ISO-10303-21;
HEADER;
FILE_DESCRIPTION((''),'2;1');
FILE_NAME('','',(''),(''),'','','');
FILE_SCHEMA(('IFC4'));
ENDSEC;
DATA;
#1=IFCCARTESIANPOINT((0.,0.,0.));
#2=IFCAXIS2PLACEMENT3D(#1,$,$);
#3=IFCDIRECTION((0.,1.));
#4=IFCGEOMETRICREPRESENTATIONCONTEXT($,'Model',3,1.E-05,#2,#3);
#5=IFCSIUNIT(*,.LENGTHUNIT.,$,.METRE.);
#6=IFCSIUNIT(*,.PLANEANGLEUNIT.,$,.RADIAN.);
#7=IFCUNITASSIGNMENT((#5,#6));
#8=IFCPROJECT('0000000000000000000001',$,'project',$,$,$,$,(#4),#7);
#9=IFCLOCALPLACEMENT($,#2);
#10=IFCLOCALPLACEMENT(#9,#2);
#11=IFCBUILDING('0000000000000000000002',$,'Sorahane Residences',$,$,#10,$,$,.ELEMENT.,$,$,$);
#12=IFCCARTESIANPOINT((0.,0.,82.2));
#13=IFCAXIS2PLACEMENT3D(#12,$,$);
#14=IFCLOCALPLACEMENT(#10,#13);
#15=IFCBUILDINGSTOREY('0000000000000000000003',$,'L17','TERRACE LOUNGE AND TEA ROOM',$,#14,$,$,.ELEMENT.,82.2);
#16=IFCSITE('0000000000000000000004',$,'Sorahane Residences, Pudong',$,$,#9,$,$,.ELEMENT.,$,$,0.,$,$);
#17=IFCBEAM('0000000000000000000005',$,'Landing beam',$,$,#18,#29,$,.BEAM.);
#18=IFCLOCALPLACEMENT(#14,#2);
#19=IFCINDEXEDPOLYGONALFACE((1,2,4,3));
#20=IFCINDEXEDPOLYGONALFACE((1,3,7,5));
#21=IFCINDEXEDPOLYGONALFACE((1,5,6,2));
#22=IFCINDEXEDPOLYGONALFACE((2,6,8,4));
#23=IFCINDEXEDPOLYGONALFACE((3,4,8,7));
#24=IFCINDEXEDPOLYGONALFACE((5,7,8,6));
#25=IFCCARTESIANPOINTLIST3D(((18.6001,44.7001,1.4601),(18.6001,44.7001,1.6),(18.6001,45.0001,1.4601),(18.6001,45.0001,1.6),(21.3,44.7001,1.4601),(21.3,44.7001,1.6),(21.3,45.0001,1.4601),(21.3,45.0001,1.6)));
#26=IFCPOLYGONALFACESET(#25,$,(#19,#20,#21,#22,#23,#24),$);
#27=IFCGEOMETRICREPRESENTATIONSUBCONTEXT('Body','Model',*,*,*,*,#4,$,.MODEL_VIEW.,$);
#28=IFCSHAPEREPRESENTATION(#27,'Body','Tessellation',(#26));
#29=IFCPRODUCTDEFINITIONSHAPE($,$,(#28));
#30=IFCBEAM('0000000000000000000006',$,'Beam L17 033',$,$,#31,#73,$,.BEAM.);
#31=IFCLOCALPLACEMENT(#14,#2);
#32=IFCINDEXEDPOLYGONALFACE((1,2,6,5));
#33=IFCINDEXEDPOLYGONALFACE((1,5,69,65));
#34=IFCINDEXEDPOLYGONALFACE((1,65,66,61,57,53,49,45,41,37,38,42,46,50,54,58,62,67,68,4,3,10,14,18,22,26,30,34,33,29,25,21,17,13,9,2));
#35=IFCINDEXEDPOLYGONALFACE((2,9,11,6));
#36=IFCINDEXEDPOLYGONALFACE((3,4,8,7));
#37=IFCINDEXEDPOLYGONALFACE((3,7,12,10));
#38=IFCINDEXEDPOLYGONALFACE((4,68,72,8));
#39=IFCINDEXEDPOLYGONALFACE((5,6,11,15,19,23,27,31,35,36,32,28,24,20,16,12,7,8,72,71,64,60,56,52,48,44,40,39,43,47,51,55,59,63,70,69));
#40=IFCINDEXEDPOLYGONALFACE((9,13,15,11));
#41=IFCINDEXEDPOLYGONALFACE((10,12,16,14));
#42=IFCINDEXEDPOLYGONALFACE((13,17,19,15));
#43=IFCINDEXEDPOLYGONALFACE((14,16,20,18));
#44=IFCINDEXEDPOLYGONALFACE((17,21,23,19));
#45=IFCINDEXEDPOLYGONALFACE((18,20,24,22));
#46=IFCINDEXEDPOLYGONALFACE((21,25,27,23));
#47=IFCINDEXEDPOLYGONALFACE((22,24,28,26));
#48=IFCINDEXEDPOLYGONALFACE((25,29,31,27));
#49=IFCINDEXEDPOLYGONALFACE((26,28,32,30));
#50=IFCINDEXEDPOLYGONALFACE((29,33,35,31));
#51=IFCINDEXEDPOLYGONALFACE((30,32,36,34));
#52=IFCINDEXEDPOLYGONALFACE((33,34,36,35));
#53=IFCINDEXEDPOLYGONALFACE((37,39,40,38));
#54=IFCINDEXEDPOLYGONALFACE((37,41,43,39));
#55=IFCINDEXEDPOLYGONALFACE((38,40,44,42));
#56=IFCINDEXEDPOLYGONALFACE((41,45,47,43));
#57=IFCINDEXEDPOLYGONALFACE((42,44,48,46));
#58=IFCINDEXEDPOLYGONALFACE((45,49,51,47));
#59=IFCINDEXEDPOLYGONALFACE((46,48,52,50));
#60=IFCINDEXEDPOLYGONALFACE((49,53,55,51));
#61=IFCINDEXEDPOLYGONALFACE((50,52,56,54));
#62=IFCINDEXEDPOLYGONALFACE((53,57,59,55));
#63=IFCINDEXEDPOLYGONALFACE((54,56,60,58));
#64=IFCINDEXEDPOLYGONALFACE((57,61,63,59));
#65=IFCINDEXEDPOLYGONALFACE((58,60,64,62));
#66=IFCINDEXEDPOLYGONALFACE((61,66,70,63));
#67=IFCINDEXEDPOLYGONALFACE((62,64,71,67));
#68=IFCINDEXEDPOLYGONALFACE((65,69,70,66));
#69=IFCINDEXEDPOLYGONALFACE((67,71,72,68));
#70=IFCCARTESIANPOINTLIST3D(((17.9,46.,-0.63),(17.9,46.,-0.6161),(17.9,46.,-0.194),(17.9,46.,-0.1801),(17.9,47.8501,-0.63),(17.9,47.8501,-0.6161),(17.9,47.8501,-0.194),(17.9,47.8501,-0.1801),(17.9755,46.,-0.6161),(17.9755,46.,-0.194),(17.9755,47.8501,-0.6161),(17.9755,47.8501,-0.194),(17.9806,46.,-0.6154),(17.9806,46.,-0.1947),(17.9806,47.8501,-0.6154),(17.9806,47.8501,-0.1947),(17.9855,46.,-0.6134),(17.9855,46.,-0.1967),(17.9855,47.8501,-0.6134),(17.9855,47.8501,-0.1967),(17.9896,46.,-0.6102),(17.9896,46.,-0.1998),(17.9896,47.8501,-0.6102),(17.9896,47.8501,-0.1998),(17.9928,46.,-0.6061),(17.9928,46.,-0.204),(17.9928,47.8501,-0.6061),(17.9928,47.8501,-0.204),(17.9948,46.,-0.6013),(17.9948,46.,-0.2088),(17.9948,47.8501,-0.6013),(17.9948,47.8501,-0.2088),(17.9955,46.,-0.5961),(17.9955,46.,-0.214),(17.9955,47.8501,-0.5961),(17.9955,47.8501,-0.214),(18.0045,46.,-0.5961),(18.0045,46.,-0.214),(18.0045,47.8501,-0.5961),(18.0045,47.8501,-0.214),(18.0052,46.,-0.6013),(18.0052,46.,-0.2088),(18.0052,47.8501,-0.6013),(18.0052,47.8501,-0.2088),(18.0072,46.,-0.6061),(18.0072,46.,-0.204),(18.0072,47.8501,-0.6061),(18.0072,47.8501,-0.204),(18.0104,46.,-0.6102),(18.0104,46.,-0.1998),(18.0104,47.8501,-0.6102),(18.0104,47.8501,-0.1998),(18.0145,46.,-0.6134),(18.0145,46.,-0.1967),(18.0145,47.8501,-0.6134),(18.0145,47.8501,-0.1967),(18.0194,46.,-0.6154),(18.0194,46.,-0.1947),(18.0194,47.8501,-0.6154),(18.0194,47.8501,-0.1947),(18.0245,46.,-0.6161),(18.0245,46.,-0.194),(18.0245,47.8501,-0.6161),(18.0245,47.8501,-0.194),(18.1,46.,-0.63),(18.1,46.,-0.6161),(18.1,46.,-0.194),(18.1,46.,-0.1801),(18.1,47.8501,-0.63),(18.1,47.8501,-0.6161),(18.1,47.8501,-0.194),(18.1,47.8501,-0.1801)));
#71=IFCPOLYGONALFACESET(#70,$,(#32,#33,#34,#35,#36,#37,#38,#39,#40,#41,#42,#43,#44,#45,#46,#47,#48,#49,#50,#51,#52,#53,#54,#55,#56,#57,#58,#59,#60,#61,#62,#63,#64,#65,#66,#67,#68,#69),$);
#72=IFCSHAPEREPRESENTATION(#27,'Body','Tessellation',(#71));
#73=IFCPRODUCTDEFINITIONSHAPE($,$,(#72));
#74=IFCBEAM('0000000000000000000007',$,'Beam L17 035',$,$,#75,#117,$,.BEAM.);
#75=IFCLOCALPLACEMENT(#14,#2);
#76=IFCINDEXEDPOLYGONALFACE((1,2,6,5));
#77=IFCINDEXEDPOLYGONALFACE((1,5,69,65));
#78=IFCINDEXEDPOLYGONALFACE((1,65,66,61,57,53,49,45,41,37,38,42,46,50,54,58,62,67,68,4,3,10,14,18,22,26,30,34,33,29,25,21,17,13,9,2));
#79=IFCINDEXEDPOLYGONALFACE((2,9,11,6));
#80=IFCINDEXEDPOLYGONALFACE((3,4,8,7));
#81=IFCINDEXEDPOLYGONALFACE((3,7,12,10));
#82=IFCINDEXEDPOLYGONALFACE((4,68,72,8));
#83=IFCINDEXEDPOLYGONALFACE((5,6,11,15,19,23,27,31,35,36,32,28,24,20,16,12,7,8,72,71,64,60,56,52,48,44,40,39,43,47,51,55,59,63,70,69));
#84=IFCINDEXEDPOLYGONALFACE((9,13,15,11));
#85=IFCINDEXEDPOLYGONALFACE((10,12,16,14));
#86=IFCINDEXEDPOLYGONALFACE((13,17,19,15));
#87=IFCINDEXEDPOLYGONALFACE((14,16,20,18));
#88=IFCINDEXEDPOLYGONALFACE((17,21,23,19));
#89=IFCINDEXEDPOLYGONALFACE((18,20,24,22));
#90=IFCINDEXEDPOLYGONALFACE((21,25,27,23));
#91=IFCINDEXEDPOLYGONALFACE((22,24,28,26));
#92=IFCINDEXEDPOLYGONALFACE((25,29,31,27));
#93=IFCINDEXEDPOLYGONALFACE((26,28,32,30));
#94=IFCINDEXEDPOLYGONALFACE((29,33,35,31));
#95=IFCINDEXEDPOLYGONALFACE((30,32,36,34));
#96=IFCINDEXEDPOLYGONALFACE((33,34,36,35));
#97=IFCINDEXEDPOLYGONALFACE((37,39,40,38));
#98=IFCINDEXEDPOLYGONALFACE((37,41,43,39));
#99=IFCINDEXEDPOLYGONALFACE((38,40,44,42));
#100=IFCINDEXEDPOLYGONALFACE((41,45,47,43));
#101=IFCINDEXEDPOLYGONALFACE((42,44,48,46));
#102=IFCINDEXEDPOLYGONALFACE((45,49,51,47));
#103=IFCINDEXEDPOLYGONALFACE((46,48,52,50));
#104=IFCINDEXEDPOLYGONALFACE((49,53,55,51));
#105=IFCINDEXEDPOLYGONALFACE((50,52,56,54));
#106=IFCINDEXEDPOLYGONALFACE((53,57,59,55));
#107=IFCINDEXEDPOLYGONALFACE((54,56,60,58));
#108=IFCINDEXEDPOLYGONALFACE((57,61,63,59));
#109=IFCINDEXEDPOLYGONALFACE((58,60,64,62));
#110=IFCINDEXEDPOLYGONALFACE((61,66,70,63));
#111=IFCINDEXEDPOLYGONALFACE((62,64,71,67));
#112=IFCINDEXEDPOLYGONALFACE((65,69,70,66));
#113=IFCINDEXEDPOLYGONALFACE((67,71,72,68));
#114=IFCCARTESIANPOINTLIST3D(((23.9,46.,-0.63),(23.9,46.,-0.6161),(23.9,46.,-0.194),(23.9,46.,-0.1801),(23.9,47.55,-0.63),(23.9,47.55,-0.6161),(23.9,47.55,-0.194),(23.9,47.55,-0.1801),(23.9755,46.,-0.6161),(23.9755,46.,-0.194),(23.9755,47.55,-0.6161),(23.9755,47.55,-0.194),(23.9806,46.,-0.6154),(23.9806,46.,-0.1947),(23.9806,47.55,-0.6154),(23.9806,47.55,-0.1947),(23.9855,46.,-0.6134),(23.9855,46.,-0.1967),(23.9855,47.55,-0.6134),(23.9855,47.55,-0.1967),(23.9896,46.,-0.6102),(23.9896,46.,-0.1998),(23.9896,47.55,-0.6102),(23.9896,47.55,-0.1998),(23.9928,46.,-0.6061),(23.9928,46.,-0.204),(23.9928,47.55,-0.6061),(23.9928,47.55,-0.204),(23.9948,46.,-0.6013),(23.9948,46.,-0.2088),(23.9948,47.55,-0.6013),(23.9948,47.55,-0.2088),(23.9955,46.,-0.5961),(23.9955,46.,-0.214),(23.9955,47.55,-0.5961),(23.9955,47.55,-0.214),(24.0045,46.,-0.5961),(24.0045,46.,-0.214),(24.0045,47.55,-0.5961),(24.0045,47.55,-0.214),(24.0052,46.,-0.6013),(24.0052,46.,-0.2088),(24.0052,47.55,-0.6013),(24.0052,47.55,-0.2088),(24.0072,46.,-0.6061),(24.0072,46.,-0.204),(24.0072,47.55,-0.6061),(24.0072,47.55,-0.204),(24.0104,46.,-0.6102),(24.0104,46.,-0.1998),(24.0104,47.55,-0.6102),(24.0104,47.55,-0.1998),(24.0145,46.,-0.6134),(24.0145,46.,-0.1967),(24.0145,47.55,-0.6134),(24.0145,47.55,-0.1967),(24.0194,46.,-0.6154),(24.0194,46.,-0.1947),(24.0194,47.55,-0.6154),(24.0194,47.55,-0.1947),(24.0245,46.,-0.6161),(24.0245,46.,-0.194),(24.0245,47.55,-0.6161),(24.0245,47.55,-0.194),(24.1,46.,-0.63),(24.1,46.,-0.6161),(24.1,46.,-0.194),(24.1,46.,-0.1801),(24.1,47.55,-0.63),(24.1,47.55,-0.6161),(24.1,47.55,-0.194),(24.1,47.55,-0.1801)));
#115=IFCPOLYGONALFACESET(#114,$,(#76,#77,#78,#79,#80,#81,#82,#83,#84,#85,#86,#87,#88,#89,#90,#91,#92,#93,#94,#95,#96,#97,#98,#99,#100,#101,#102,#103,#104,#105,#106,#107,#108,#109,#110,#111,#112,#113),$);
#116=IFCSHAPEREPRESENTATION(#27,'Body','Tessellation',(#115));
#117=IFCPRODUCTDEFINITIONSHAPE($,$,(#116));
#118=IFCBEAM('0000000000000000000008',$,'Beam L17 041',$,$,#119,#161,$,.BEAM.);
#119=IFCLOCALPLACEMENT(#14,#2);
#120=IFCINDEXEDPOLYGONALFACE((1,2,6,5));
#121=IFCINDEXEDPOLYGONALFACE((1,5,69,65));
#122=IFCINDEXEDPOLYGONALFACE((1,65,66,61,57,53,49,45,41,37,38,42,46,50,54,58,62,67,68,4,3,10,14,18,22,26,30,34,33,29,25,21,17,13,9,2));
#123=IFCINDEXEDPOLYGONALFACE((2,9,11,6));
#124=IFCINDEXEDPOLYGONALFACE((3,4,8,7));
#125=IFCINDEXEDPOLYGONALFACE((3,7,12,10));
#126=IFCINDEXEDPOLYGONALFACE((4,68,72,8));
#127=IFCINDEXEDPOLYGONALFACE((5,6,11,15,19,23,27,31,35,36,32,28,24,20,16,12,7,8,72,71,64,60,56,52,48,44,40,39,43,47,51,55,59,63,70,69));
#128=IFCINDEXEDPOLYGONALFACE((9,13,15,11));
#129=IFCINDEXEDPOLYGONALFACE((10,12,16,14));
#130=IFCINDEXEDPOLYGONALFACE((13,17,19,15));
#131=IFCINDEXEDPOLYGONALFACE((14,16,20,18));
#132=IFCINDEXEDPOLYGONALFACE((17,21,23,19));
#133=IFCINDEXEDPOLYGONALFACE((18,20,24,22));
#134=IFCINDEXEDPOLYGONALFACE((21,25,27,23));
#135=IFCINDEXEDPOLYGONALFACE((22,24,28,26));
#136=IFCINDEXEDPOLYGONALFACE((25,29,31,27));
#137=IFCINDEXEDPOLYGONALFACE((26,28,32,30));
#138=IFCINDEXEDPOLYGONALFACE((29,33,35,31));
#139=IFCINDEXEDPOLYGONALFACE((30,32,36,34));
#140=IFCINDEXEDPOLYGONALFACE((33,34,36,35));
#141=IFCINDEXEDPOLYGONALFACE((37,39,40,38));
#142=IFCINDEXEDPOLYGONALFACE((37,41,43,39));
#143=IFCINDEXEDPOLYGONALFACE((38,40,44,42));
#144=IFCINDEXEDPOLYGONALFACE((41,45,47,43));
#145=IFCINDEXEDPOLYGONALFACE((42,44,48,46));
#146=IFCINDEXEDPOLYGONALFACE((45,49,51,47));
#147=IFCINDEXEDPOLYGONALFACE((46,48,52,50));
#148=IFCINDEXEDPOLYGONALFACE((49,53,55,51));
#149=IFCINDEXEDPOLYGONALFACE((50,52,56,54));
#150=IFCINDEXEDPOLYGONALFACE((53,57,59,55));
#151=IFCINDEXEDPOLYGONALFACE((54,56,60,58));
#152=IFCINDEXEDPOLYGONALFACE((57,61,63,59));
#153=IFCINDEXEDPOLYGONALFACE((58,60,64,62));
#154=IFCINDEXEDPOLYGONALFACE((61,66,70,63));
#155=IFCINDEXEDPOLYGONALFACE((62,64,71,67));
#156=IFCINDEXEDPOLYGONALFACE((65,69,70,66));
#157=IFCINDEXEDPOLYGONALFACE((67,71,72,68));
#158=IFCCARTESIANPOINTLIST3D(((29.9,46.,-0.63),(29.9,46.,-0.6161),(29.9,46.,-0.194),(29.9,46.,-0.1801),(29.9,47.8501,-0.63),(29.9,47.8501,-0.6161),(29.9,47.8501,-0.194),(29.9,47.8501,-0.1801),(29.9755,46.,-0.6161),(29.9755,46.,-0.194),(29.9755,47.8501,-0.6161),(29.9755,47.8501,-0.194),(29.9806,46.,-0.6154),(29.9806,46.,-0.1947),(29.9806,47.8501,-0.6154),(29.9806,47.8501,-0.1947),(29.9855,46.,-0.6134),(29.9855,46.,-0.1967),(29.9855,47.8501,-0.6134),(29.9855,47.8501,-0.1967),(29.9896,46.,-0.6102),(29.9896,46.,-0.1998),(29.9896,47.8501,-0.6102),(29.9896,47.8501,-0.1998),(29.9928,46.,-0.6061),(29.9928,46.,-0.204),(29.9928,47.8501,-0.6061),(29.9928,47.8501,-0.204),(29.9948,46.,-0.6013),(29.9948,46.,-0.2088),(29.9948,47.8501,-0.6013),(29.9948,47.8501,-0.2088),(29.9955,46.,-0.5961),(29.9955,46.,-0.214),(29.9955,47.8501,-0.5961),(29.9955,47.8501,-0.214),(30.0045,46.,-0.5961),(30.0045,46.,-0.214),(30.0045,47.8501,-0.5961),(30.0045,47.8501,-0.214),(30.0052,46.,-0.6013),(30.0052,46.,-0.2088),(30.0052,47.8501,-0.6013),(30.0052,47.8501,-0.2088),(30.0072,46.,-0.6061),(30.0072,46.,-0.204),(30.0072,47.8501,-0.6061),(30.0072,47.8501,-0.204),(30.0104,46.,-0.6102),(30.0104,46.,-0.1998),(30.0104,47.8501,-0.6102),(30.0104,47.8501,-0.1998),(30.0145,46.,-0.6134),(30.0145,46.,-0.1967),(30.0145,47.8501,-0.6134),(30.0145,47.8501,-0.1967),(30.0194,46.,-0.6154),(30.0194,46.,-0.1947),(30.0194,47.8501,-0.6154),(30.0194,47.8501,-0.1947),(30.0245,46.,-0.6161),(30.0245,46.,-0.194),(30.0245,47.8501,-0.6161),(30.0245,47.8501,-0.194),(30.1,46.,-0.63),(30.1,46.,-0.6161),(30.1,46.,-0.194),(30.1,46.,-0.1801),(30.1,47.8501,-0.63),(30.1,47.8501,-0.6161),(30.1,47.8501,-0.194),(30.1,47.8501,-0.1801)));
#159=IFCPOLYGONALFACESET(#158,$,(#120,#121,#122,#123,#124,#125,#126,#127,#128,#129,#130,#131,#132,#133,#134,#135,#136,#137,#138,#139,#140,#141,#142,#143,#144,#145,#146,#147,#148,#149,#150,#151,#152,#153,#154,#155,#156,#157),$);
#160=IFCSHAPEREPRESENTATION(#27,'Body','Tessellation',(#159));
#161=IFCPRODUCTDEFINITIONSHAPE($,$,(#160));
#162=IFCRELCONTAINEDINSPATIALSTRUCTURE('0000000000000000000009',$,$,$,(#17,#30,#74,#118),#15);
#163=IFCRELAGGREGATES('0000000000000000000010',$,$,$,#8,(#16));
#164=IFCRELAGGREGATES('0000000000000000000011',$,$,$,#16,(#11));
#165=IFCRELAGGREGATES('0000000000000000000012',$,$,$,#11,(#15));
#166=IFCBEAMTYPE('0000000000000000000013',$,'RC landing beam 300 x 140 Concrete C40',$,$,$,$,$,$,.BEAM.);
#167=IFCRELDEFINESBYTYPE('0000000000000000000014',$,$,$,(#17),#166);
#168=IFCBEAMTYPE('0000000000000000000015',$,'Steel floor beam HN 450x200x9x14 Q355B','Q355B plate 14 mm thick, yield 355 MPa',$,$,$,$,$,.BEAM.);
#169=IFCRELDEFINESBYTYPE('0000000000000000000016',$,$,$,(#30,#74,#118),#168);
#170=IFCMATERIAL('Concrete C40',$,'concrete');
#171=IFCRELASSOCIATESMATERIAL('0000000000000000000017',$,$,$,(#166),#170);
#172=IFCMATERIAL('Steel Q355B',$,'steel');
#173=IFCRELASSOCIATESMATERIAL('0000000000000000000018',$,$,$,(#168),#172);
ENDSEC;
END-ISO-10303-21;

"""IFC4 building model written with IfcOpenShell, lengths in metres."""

from ifc_helpers import new_model, si_unit, direction, frame, origin, origin_2d, place, context, subcontext, project, spatial, rectangle, i_section, extrude, material, material_profile, profile_set, type_object, element, save


model = new_model("IFC4")

# Units and contexts
model_context = context("Model", 3, precision=1e-05, world=origin(), true_north=direction((0.0, 1.0)))
body_context = subcontext(model_context, "Body", "Model", "MODEL_VIEW")
ifc_project = project(units=[si_unit("LENGTHUNIT", "METRE"), si_unit("PLANEANGLEUNIT", "RADIAN")], contexts=[model_context])

# Site, building, storey
site_placement = place(None, origin())
site = spatial("IfcSite", under=ifc_project, at=site_placement, Name="Sorahane Residences, Pudong", CompositionType="ELEMENT", RefElevation=0.0)
building_placement = place(site_placement, origin())
building = spatial("IfcBuilding", under=site, at=building_placement, Name="Sorahane Residences", CompositionType="ELEMENT")
storey_placement = place(building_placement, frame((0.0, 0.0, 82.2)))
storey = spatial("IfcBuildingStorey", under=building, at=storey_placement, Name="L17", Description="TERRACE LOUNGE AND TEA ROOM", CompositionType="ELEMENT", Elevation=82.2)

# Beams
ifc_material_1 = material(Name="Concrete C40", Category="concrete")
ifc_material_profile_1 = material_profile(ifc_material_1, rectangle(XDim=0.3, YDim=0.1399, at=origin_2d()), Name="300x140")
ifc_profile_set_1 = profile_set([ifc_material_profile_1], Name="Concrete C40")
beam_type_1 = type_object("IfcBeamType", Name="RC landing beam 300 x 140 Concrete C40", PredefinedType="BEAM", material=ifc_profile_set_1)
for number, where, z_axis, x_axis, name in (
    (1, (18.6001, 44.8501, 1.53), (1.0, 0.0, 0.0), (0.0, 1.0, 0.0), "Landing beam"),
):
    element("IfcBeam", number, at=place(storey_placement, frame(where, z_axis=z_axis, x_axis=x_axis)), inside=storey, type_object=beam_type_1, Name=name, PredefinedType="BEAM", context=body_context, shape_type="SweptSolid", body=[
        extrude(rectangle(XDim=0.3, YDim=0.1399, at=origin_2d()), origin(), (0.0, 0.0, 1.0), 2.7),
    ])
ifc_material_2 = material(Name="Steel Q355B", Category="steel")
ifc_material_profile_2 = material_profile(ifc_material_2, i_section(OverallWidth=0.2, OverallDepth=0.45, WebThickness=0.009, FlangeThickness=0.0139, FilletRadius=0.02, at=origin_2d()), Name="HN 450x200x9x14")
ifc_profile_set_2 = profile_set([ifc_material_profile_2], Name="Steel Q355B")
beam_type_2 = type_object("IfcBeamType", Name="Steel floor beam HN 450x200x9x14 Q355B", Description="Q355B plate 14 mm thick, yield 355 MPa", PredefinedType="BEAM", material=ifc_profile_set_2)
beam_1_placement = place(storey_placement, frame((18.0, 46.0, -0.405), z_axis=(0.0, 1.0, 0.0), x_axis=(-1.0, 0.0, 0.0)))
element("IfcBeam", 2, at=beam_1_placement, inside=storey, type_object=beam_type_2, Name="Beam L17 033", PredefinedType="BEAM", context=body_context, shape_type="SweptSolid", body=[
    extrude(i_section(OverallWidth=0.2, OverallDepth=0.45, WebThickness=0.009, FlangeThickness=0.0139, FilletRadius=0.02, at=origin_2d()), origin(), (0.0, 0.0, 1.0), 1.8501),
])
beam_2_placement = place(storey_placement, frame((24.0, 46.0, -0.405), z_axis=(0.0, 1.0, 0.0), x_axis=(-1.0, 0.0, 0.0)))
element("IfcBeam", 3, at=beam_2_placement, inside=storey, type_object=beam_type_2, Name="Beam L17 035", PredefinedType="BEAM", context=body_context, shape_type="SweptSolid", body=[
    extrude(i_section(OverallWidth=0.2, OverallDepth=0.45, WebThickness=0.009, FlangeThickness=0.0139, FilletRadius=0.02, at=origin_2d()), origin(), (0.0, 0.0, 1.0), 1.55),
])
beam_3_placement = place(storey_placement, frame((30.0, 46.0, -0.405), z_axis=(0.0, 1.0, 0.0), x_axis=(-1.0, 0.0, 0.0)))
element("IfcBeam", 4, at=beam_3_placement, inside=storey, type_object=beam_type_2, Name="Beam L17 041", PredefinedType="BEAM", context=body_context, shape_type="SweptSolid", body=[
    extrude(i_section(OverallWidth=0.2, OverallDepth=0.45, WebThickness=0.009, FlangeThickness=0.0139, FilletRadius=0.02, at=origin_2d()), origin(), (0.0, 0.0, 1.0), 1.8501),
])

save(model, "model.ifc")
